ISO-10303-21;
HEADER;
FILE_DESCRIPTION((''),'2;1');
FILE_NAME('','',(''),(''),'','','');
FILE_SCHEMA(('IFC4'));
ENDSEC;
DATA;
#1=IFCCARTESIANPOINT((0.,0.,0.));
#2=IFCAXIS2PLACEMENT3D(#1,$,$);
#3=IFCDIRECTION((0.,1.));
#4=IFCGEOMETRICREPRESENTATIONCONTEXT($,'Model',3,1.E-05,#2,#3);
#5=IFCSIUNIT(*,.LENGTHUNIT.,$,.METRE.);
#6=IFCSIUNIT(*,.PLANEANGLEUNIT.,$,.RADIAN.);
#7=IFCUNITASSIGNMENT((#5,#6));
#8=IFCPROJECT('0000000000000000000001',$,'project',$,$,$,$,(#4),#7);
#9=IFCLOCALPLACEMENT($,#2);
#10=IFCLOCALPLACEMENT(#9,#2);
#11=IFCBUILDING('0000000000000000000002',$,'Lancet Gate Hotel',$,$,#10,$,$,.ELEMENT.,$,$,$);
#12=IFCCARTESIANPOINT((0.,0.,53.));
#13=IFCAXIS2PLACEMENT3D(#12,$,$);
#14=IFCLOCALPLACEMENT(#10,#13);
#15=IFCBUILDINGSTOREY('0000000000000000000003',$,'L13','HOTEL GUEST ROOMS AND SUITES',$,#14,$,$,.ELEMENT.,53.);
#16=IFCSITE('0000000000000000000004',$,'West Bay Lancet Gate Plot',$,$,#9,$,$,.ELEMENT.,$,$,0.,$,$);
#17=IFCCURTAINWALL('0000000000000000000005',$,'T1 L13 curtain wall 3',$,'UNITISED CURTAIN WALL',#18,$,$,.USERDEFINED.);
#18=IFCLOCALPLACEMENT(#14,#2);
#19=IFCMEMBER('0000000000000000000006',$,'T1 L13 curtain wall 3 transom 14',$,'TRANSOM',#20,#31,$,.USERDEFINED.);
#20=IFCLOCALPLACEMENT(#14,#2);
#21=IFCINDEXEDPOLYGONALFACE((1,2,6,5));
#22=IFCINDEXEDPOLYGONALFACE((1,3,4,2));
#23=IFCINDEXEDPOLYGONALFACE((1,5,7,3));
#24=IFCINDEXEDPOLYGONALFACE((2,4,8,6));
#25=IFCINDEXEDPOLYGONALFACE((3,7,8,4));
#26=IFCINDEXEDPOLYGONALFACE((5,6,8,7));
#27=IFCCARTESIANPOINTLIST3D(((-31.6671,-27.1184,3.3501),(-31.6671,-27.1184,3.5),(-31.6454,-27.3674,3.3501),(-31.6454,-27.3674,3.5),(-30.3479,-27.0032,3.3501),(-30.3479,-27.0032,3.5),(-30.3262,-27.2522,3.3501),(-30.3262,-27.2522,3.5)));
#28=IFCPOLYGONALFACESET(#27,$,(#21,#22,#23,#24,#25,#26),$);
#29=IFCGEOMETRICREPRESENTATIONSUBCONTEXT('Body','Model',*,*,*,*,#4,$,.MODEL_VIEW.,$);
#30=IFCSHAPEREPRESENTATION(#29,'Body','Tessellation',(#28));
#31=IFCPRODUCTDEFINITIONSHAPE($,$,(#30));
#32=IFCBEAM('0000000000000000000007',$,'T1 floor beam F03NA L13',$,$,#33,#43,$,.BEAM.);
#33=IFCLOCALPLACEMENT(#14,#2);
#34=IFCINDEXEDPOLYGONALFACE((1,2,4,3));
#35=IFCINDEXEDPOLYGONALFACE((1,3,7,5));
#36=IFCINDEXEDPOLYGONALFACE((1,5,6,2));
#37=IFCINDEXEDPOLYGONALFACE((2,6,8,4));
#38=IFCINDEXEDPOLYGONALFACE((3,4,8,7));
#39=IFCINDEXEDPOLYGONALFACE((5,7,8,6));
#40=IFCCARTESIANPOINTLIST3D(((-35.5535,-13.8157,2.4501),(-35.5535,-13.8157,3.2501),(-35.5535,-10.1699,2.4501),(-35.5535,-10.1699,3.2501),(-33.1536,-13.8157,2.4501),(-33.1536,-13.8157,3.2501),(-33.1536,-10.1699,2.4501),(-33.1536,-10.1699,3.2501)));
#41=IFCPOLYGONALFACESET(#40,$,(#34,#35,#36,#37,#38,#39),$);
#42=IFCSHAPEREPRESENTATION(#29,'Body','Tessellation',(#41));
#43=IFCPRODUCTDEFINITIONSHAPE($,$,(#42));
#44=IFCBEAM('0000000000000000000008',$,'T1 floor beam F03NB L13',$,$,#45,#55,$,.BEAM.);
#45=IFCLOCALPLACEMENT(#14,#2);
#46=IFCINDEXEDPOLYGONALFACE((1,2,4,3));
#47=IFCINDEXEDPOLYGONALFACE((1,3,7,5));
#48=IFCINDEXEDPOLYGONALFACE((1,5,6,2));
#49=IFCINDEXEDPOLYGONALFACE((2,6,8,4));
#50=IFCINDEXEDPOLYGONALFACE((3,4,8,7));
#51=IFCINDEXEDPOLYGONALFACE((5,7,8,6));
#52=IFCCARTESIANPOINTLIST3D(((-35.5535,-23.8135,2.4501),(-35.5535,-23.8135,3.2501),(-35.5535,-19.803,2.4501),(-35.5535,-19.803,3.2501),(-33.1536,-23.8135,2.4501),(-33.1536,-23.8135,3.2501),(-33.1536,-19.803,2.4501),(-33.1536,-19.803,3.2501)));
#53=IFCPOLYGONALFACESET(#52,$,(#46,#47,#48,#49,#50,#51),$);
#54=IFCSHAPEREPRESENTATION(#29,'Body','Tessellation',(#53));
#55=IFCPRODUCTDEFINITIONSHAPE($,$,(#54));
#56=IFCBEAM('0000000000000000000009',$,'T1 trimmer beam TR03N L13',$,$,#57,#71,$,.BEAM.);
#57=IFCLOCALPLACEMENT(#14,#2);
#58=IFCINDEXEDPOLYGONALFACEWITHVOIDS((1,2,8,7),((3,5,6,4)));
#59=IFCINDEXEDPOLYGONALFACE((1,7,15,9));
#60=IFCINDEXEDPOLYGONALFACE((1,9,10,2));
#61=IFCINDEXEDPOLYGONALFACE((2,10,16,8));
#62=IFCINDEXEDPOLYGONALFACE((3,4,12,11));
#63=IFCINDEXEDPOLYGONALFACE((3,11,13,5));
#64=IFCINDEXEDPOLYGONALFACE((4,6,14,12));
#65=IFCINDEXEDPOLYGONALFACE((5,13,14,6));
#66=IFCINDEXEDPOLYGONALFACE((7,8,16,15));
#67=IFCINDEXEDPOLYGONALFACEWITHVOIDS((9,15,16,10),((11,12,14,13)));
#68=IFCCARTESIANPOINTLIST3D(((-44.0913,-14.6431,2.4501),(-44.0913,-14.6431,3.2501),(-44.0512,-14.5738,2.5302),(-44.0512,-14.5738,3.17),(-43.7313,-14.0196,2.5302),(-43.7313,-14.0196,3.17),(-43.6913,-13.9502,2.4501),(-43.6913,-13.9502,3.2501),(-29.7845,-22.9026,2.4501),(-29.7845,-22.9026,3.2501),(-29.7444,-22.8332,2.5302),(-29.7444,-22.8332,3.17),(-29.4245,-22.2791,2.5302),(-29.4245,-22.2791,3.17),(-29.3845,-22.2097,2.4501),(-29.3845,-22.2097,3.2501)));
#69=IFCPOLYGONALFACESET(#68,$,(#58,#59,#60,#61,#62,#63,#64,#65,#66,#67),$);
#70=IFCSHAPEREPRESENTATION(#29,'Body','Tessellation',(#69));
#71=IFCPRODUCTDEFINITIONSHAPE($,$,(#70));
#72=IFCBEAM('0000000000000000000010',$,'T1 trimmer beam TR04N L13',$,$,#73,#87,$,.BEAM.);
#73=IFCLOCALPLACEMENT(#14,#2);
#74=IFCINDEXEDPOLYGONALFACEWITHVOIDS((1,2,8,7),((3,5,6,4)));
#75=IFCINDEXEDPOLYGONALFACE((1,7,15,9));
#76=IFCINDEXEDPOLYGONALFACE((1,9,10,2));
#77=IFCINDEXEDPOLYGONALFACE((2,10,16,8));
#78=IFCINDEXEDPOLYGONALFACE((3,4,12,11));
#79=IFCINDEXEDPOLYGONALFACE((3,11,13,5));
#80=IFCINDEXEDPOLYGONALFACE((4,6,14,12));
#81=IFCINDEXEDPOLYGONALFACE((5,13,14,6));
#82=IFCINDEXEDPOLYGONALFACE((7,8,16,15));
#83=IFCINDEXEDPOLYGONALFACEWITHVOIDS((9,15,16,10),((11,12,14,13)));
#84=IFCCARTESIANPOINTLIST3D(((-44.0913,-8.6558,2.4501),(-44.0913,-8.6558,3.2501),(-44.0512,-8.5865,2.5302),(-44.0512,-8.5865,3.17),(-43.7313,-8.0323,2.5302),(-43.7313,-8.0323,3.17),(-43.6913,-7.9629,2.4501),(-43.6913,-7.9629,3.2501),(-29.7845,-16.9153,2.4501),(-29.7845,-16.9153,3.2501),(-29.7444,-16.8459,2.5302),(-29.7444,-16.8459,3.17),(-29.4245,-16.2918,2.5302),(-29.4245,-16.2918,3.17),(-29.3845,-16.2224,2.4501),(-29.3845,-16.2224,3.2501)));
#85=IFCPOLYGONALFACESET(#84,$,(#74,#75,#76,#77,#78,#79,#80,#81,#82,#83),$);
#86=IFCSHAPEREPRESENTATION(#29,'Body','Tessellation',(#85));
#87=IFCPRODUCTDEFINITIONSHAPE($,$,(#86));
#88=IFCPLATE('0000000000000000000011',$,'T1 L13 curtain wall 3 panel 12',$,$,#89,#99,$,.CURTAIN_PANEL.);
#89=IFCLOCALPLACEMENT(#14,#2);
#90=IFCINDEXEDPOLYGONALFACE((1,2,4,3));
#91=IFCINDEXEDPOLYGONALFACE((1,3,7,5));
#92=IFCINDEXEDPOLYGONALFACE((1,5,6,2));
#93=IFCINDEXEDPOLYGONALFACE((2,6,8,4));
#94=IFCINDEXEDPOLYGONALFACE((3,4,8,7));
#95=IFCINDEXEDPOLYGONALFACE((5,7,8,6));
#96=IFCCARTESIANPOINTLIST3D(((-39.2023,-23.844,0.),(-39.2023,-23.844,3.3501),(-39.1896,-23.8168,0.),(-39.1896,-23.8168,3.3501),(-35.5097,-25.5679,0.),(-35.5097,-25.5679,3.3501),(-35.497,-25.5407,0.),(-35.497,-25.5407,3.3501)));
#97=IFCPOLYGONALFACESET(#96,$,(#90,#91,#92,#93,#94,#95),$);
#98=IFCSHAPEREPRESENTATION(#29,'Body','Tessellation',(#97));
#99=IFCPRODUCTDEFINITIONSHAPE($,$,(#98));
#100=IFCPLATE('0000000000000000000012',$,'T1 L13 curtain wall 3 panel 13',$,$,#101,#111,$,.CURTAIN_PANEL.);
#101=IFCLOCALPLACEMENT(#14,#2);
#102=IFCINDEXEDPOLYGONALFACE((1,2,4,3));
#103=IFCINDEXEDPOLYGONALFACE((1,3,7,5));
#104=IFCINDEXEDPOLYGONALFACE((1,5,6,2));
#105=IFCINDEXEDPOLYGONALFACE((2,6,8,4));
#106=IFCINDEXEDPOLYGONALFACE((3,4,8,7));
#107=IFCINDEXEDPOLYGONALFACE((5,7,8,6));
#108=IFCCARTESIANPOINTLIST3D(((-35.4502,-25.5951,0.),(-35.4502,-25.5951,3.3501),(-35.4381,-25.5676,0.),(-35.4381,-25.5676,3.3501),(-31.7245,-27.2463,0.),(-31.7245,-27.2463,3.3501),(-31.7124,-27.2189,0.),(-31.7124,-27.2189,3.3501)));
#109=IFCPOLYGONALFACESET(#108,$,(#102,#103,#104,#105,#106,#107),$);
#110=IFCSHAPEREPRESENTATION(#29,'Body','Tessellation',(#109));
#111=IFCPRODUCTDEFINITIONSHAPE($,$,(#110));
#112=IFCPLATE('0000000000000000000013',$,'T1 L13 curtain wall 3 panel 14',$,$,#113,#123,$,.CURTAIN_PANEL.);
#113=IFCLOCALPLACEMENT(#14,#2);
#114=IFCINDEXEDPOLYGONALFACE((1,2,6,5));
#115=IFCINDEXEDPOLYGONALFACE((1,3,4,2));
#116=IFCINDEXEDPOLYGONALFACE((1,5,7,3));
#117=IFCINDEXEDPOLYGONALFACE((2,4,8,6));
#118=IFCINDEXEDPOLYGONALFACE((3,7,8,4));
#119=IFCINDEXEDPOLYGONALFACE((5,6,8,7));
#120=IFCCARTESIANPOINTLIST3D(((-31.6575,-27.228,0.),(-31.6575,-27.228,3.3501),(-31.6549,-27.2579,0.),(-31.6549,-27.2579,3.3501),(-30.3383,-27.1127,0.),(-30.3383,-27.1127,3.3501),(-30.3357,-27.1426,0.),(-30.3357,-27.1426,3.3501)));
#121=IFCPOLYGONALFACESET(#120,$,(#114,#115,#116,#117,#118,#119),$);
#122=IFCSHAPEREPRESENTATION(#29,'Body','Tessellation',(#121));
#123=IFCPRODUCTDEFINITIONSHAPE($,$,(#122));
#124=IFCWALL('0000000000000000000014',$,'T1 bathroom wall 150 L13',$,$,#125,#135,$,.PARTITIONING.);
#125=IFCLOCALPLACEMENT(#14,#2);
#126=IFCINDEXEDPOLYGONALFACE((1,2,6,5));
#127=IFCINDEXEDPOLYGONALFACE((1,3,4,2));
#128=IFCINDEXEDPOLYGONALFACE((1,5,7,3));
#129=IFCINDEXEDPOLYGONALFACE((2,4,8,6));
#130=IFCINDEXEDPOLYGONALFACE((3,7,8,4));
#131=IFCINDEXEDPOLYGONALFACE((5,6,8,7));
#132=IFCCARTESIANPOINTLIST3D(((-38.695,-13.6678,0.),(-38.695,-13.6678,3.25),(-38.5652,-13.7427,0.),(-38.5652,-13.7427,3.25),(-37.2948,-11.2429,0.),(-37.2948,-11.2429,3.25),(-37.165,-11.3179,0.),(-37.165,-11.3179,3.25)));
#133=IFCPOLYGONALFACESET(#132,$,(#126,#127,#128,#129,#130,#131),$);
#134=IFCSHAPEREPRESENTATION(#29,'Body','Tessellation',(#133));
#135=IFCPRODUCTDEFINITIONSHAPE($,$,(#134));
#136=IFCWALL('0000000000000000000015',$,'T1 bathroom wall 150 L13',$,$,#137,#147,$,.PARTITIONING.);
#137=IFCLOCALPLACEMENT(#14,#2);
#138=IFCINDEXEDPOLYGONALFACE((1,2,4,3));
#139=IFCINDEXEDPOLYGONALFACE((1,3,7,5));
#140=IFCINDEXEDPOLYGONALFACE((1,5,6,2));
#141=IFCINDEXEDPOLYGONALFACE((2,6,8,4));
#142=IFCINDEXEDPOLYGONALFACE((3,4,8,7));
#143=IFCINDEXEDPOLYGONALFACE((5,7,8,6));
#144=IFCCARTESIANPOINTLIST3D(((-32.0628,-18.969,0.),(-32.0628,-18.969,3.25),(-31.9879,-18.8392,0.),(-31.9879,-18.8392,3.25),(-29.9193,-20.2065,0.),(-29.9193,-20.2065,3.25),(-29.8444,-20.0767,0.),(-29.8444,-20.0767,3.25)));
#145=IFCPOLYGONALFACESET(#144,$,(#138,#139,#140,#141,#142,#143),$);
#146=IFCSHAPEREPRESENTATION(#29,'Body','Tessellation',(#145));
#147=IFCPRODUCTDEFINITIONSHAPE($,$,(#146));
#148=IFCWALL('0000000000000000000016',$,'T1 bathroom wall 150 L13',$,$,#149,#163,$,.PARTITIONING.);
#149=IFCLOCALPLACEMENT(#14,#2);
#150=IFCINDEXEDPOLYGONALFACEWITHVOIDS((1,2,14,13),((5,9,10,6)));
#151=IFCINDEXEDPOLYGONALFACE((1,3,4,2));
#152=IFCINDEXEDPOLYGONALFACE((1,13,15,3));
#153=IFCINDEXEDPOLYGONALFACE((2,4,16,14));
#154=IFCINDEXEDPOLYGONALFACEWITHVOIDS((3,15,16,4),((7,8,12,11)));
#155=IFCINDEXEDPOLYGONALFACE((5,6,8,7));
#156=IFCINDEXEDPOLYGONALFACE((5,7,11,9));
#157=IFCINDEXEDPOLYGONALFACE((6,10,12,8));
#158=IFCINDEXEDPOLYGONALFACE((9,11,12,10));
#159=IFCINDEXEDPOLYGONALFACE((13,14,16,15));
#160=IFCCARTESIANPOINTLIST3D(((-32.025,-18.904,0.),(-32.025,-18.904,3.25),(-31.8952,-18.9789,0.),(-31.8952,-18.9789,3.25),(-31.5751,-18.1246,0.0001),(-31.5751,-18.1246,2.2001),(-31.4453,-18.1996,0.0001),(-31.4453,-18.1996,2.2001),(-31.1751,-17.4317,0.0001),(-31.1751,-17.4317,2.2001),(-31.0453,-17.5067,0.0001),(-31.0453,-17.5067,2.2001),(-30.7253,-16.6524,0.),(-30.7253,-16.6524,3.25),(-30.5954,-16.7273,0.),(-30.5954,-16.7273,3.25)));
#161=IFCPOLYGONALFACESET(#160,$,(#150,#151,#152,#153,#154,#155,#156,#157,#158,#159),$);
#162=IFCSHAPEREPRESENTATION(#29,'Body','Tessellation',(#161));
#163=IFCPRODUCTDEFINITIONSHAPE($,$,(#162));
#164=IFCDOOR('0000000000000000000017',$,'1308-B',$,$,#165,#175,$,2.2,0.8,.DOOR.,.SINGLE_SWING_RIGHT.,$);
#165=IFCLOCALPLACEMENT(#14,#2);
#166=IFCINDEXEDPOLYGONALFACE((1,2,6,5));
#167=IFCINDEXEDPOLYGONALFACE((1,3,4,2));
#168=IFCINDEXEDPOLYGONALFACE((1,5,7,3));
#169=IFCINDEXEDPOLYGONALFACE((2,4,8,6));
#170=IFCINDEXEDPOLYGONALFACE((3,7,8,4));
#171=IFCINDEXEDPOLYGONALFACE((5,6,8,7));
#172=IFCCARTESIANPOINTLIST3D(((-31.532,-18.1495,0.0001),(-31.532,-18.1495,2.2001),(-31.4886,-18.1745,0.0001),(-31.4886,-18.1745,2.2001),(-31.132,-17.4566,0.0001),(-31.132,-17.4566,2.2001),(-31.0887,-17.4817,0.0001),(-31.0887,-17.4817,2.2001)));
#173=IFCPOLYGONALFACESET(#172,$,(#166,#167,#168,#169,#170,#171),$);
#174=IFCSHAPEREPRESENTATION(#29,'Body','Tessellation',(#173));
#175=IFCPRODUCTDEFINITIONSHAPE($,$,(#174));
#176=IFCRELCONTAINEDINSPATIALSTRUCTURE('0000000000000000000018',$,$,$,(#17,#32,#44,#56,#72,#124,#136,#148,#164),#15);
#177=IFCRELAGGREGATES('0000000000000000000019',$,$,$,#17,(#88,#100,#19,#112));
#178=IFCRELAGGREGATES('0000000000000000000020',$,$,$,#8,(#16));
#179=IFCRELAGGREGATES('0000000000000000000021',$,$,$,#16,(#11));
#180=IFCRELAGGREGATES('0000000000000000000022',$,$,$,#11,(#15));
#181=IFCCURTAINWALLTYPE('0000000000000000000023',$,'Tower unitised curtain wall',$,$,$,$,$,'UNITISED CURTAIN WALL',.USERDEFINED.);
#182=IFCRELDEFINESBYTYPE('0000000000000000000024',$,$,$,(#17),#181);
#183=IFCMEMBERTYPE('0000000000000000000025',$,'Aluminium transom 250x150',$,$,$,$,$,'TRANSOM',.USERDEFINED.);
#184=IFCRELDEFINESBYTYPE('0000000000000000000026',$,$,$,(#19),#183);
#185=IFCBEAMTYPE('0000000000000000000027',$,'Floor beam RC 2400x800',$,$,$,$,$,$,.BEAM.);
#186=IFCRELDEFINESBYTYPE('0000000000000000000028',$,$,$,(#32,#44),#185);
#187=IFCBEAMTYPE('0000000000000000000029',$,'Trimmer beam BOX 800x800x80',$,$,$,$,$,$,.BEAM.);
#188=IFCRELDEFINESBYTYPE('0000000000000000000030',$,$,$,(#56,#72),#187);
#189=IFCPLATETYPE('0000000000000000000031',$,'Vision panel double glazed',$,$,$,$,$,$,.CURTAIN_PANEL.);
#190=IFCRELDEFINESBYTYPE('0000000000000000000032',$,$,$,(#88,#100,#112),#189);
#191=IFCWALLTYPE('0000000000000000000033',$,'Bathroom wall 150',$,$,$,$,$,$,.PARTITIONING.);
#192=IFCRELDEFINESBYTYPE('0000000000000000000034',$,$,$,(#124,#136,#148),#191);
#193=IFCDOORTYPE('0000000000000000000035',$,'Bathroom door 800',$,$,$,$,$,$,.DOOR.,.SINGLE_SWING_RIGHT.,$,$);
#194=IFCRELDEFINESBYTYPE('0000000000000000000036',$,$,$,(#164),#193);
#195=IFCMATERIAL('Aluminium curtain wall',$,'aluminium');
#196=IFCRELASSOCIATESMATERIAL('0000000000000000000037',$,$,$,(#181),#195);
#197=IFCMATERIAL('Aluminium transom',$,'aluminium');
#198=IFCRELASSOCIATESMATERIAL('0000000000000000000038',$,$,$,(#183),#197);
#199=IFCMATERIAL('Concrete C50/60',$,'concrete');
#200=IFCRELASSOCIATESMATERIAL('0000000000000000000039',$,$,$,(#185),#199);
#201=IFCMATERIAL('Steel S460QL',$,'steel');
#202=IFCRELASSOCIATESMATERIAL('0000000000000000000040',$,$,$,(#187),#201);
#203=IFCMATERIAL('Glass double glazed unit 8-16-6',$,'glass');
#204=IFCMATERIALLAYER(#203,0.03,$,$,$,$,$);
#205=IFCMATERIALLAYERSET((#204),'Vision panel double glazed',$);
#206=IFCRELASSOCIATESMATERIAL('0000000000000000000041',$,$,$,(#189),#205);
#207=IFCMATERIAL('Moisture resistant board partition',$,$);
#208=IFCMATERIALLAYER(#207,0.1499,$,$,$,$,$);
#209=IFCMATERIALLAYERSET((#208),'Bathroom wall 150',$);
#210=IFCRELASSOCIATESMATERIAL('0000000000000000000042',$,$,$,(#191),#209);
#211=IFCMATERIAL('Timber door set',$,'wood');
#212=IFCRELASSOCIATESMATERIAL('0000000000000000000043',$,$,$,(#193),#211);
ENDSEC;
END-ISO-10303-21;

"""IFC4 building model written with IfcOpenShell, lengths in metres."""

from ifc_helpers import new_model, si_unit, direction, frame, frame_2d, origin, origin_2d, place, context, subcontext, project, spatial, rectangle, hollow_rectangle, extrude, material, layer, layer_set, material_profile, profile_set, type_object, element, fill, aggregate, save


model = new_model("IFC4")

# Units and contexts
model_context = context("Model", 3, precision=1e-05, world=origin(), true_north=direction((0.0, 1.0)))
body_context = subcontext(model_context, "Body", "Model", "MODEL_VIEW")
ifc_project = project(units=[si_unit("LENGTHUNIT", "METRE"), si_unit("PLANEANGLEUNIT", "RADIAN")], contexts=[model_context])

# Site, building, storey
site_placement = place(None, origin())
site = spatial("IfcSite", under=ifc_project, at=site_placement, Name="West Bay Lancet Gate Plot", CompositionType="ELEMENT", RefElevation=0.0)
building_placement = place(site_placement, origin())
building = spatial("IfcBuilding", under=site, at=building_placement, Name="Lancet Gate Hotel", CompositionType="ELEMENT")
storey_placement = place(building_placement, frame((0.0, 0.0, 53.0)))
storey = spatial("IfcBuildingStorey", under=building, at=storey_placement, Name="L13", Description="HOTEL GUEST ROOMS AND SUITES", CompositionType="ELEMENT", Elevation=53.0)

# Curtain wall, member
ifc_material_1 = material(Name="Aluminium curtain wall", Category="aluminium")
curtain_wall_type = type_object("IfcCurtainWallType", Name="Tower unitised curtain wall", ElementType="UNITISED CURTAIN WALL", PredefinedType="USERDEFINED", material=ifc_material_1)
curtain_wall_placement = place(storey_placement, origin())
curtain_wall = element("IfcCurtainWall", 1, at=curtain_wall_placement, inside=storey, type_object=curtain_wall_type, Name="T1 L13 curtain wall 3", ObjectType="UNITISED CURTAIN WALL", PredefinedType="USERDEFINED")
ifc_material_2 = material(Name="Aluminium transom", Category="aluminium")
ifc_material_profile_1 = material_profile(ifc_material_2, rectangle(XDim=0.25, YDim=0.1499, at=origin_2d()), Name="TRANSOM 250x150")
ifc_profile_set_1 = profile_set([ifc_material_profile_1], Name="Aluminium transom")
member_type_1 = type_object("IfcMemberType", Name="Aluminium transom 250x150", ElementType="TRANSOM", PredefinedType="USERDEFINED", material=ifc_profile_set_1)
member_1_placement = place(storey_placement, frame((-31.6562, -27.2429, 3.425), z_axis=(0.996206, 0.087027, 0.0), x_axis=(-0.087027, 0.996206, 0.0)))
member_1 = element("IfcMember", 2, at=member_1_placement, type_object=member_type_1, Name="T1 L13 curtain wall 3 transom 14", ObjectType="TRANSOM", PredefinedType="USERDEFINED", context=body_context, shape_type="SweptSolid", body=[
    extrude(rectangle(XDim=0.25, YDim=0.1499, at=origin_2d()), origin(), (0.0, 0.0, 1.0), 1.3242),
])

# Beams
ifc_material_3 = material(Name="Concrete C50/60", Category="concrete")
ifc_material_profile_2 = material_profile(ifc_material_3, rectangle(XDim=2.3999, YDim=0.8, at=origin_2d()), Name="RC 2400x800")
ifc_profile_set_2 = profile_set([ifc_material_profile_2], Name="Concrete C50/60")
beam_type_1 = type_object("IfcBeamType", Name="Floor beam RC 2400x800", PredefinedType="BEAM", material=ifc_profile_set_2)
beam_1_placement = place(storey_placement, frame((-34.3535, -10.1699, 2.8501), z_axis=(0.0, -1.0, 0.0), x_axis=(1.0, 0.0, 0.0)))
element("IfcBeam", 3, at=beam_1_placement, inside=storey, type_object=beam_type_1, Name="T1 floor beam F03NA L13", PredefinedType="BEAM", context=body_context, shape_type="SweptSolid", body=[
    extrude(rectangle(XDim=2.3999, YDim=0.8, at=origin_2d()), origin(), (0.0, 0.0, 1.0), 3.6458),
])
beam_2_placement = place(storey_placement, frame((-34.3535, -19.803, 2.8501), z_axis=(0.0, -1.0, 0.0), x_axis=(1.0, 0.0, 0.0)))
element("IfcBeam", 4, at=beam_2_placement, inside=storey, type_object=beam_type_1, Name="T1 floor beam F03NB L13", PredefinedType="BEAM", context=body_context, shape_type="SweptSolid", body=[
    extrude(rectangle(XDim=2.3999, YDim=0.8, at=origin_2d()), origin(), (0.0, 0.0, 1.0), 4.0105),
])
ifc_material_4 = material(Name="Steel S460QL", Category="steel")
ifc_material_profile_3 = material_profile(ifc_material_4, hollow_rectangle(XDim=0.8, YDim=0.8, WallThickness=0.0801, at=origin_2d()), Name="BOX 800x800x80")
ifc_profile_set_3 = profile_set([ifc_material_profile_3], Name="Steel S460QL")
beam_type_2 = type_object("IfcBeamType", Name="Trimmer beam BOX 800x800x80", PredefinedType="BEAM", material=ifc_profile_set_3)
for number, where, z_axis, x_axis, name in (
    (5, (-29.5845, -22.5562, 2.8501), (-0.86604, 0.499974, 0.0), (-0.499974, -0.86604, 0.0), "T1 trimmer beam TR03N L13"),
    (6, (-29.5845, -16.5688, 2.8501), (-0.86604, 0.499974, 0.0), (-0.499974, -0.86604, 0.0), "T1 trimmer beam TR04N L13"),
):
    element("IfcBeam", number, at=place(storey_placement, frame(where, z_axis=z_axis, x_axis=x_axis)), inside=storey, type_object=beam_type_2, Name=name, PredefinedType="BEAM", context=body_context, shape_type="SweptSolid", body=[
        extrude(hollow_rectangle(XDim=0.8, YDim=0.8, WallThickness=0.0801, at=origin_2d()), origin(), (0.0, 0.0, 1.0), 16.5198),
    ])

# Plates
ifc_material_5 = material(Name="Glass double glazed unit 8-16-6", Category="glass")
ifc_layer_1 = layer(ifc_material_5, 0.03)
ifc_layer_set_1 = layer_set([ifc_layer_1], Name="Vision panel double glazed")
plate_type = type_object("IfcPlateType", Name="Vision panel double glazed", PredefinedType="CURTAIN_PANEL", material=ifc_layer_set_1)
plate_1_placement = place(storey_placement, frame((-37.3496, -24.6924, 0.0), z_axis=(0.0, 0.0, 1.0), x_axis=(0.906118, -0.423026, 0.0)))
plate_1 = element("IfcPlate", 7, at=plate_1_placement, type_object=plate_type, Name="T1 L13 curtain wall 3 panel 12", PredefinedType="CURTAIN_PANEL", context=body_context, shape_type="SweptSolid", body=[
    extrude(rectangle(XDim=4.0752, YDim=0.03, at=origin_2d()), origin(), (0.0, 0.0, 1.0), 3.3501),
])
plate_2_placement = place(storey_placement, frame((-33.5813, -26.407, 0.0), z_axis=(0.0, 0.0, 1.0), x_axis=(0.914234, -0.405186, 0.0)))
plate_2 = element("IfcPlate", 8, at=plate_2_placement, type_object=plate_type, Name="T1 L13 curtain wall 3 panel 13", PredefinedType="CURTAIN_PANEL", context=body_context, shape_type="SweptSolid", body=[
    extrude(rectangle(XDim=4.0752, YDim=0.03, at=origin_2d()), origin(), (0.0, 0.0, 1.0), 3.3501),
])
plate_3_placement = place(storey_placement, frame((-30.9966, -27.1853, 0.0), z_axis=(0.0, 0.0, 1.0), x_axis=(0.996204, 0.087052, 0.0)))
plate_3 = element("IfcPlate", 9, at=plate_3_placement, type_object=plate_type, Name="T1 L13 curtain wall 3 panel 14", PredefinedType="CURTAIN_PANEL", context=body_context, shape_type="SweptSolid", body=[
    extrude(rectangle(XDim=1.3242, YDim=0.03, at=origin_2d()), origin(), (0.0, 0.0, 1.0), 3.3501),
])
aggregate(curtain_wall, [plate_1, plate_2, member_1, plate_3])

# Walls
ifc_material_6 = material(Name="Moisture resistant board partition")
ifc_layer_2 = layer(ifc_material_6, 0.1499)
ifc_layer_set_2 = layer_set([ifc_layer_2], Name="Bathroom wall 150")
wall_type_1 = type_object("IfcWallType", Name="Bathroom wall 150", PredefinedType="PARTITIONING", material=ifc_layer_set_2)
wall_1_placement = place(storey_placement, frame((-37.23, -11.2805, 0.0), z_axis=(0.0, 0.0, 1.0), x_axis=(-0.50005, -0.865997, 0.0)))
element("IfcWall", 10, at=wall_1_placement, inside=storey, type_object=wall_type_1, Name="T1 bathroom wall 150 L13", PredefinedType="PARTITIONING", context=body_context, shape_type="SweptSolid", body=[
    extrude(rectangle(XDim=2.8, YDim=0.1499, at=frame_2d((1.3999, 0.0))), origin(), (0.0, 0.0, 1.0), 3.25),
])
wall_2_placement = place(storey_placement, frame((-29.8818, -20.1416, 0.0), z_axis=(0.0, 0.0, 1.0), x_axis=(-0.866031, 0.49999, 0.0)))
element("IfcWall", 11, at=wall_2_placement, inside=storey, type_object=wall_type_1, Name="T1 bathroom wall 150 L13", PredefinedType="PARTITIONING", context=body_context, shape_type="SweptSolid", body=[
    extrude(rectangle(XDim=2.4751, YDim=0.1499, at=frame_2d((1.2375, 0.0))), origin(), (0.0, 0.0, 1.0), 3.25),
])

# Wall, opening, door
wall_3_placement = place(storey_placement, frame((-30.6604, -16.6899, 0.0), z_axis=(0.0, 0.0, 1.0), x_axis=(-0.499937, -0.866062, 0.0)))
wall_3 = element("IfcWall", 12, at=wall_3_placement, inside=storey, type_object=wall_type_1, Name="T1 bathroom wall 150 L13", PredefinedType="PARTITIONING", context=body_context, shape_type="SweptSolid", body=[
    extrude(rectangle(XDim=2.5999, YDim=0.1499, at=frame_2d((1.2998, 0.0))), origin(), (0.0, 0.0, 1.0), 3.25),
])
opening_1_placement = place(wall_3_placement, frame((0.8999, 0.0, 0.0)))
opening_1 = element("IfcOpeningElement", 13, at=opening_1_placement, cuts=wall_3, PredefinedType="OPENING", context=body_context, shape_type="SweptSolid", body=[
    extrude(rectangle(XDim=0.8, YDim=2.2, at=frame_2d((0.3999, 1.1001))), frame((0.0, 0.085, 0.0), z_axis=(0.0, -1.0, 0.0), x_axis=(1.0, 0.0, 0.0)), (0.0, 0.0, 1.0), 0.1699),
])
ifc_material_7 = material(Name="Timber door set", Category="wood")
door_type_1 = type_object("IfcDoorType", Name="Bathroom door 800", OperationType="SINGLE_SWING_RIGHT", PredefinedType="DOOR", material=ifc_material_7)
door_1_placement = place(opening_1_placement, origin())
door_1 = element("IfcDoor", 14, at=door_1_placement, inside=storey, type_object=door_type_1, Name="1308-B", OperationType="SINGLE_SWING_RIGHT", OverallHeight=2.2, OverallWidth=0.8, PredefinedType="DOOR", context=body_context, shape_type="SweptSolid", body=[
    extrude(rectangle(XDim=0.8, YDim=2.2, at=frame_2d((0.3999, 1.1001))), frame((0.0, 0.0249, 0.0), z_axis=(0.0, -1.0, 0.0), x_axis=(1.0, 0.0, 0.0)), (0.0, 0.0, 1.0), 0.05),
])
fill(opening_1, door_1)

save(model, "model.ifc")
